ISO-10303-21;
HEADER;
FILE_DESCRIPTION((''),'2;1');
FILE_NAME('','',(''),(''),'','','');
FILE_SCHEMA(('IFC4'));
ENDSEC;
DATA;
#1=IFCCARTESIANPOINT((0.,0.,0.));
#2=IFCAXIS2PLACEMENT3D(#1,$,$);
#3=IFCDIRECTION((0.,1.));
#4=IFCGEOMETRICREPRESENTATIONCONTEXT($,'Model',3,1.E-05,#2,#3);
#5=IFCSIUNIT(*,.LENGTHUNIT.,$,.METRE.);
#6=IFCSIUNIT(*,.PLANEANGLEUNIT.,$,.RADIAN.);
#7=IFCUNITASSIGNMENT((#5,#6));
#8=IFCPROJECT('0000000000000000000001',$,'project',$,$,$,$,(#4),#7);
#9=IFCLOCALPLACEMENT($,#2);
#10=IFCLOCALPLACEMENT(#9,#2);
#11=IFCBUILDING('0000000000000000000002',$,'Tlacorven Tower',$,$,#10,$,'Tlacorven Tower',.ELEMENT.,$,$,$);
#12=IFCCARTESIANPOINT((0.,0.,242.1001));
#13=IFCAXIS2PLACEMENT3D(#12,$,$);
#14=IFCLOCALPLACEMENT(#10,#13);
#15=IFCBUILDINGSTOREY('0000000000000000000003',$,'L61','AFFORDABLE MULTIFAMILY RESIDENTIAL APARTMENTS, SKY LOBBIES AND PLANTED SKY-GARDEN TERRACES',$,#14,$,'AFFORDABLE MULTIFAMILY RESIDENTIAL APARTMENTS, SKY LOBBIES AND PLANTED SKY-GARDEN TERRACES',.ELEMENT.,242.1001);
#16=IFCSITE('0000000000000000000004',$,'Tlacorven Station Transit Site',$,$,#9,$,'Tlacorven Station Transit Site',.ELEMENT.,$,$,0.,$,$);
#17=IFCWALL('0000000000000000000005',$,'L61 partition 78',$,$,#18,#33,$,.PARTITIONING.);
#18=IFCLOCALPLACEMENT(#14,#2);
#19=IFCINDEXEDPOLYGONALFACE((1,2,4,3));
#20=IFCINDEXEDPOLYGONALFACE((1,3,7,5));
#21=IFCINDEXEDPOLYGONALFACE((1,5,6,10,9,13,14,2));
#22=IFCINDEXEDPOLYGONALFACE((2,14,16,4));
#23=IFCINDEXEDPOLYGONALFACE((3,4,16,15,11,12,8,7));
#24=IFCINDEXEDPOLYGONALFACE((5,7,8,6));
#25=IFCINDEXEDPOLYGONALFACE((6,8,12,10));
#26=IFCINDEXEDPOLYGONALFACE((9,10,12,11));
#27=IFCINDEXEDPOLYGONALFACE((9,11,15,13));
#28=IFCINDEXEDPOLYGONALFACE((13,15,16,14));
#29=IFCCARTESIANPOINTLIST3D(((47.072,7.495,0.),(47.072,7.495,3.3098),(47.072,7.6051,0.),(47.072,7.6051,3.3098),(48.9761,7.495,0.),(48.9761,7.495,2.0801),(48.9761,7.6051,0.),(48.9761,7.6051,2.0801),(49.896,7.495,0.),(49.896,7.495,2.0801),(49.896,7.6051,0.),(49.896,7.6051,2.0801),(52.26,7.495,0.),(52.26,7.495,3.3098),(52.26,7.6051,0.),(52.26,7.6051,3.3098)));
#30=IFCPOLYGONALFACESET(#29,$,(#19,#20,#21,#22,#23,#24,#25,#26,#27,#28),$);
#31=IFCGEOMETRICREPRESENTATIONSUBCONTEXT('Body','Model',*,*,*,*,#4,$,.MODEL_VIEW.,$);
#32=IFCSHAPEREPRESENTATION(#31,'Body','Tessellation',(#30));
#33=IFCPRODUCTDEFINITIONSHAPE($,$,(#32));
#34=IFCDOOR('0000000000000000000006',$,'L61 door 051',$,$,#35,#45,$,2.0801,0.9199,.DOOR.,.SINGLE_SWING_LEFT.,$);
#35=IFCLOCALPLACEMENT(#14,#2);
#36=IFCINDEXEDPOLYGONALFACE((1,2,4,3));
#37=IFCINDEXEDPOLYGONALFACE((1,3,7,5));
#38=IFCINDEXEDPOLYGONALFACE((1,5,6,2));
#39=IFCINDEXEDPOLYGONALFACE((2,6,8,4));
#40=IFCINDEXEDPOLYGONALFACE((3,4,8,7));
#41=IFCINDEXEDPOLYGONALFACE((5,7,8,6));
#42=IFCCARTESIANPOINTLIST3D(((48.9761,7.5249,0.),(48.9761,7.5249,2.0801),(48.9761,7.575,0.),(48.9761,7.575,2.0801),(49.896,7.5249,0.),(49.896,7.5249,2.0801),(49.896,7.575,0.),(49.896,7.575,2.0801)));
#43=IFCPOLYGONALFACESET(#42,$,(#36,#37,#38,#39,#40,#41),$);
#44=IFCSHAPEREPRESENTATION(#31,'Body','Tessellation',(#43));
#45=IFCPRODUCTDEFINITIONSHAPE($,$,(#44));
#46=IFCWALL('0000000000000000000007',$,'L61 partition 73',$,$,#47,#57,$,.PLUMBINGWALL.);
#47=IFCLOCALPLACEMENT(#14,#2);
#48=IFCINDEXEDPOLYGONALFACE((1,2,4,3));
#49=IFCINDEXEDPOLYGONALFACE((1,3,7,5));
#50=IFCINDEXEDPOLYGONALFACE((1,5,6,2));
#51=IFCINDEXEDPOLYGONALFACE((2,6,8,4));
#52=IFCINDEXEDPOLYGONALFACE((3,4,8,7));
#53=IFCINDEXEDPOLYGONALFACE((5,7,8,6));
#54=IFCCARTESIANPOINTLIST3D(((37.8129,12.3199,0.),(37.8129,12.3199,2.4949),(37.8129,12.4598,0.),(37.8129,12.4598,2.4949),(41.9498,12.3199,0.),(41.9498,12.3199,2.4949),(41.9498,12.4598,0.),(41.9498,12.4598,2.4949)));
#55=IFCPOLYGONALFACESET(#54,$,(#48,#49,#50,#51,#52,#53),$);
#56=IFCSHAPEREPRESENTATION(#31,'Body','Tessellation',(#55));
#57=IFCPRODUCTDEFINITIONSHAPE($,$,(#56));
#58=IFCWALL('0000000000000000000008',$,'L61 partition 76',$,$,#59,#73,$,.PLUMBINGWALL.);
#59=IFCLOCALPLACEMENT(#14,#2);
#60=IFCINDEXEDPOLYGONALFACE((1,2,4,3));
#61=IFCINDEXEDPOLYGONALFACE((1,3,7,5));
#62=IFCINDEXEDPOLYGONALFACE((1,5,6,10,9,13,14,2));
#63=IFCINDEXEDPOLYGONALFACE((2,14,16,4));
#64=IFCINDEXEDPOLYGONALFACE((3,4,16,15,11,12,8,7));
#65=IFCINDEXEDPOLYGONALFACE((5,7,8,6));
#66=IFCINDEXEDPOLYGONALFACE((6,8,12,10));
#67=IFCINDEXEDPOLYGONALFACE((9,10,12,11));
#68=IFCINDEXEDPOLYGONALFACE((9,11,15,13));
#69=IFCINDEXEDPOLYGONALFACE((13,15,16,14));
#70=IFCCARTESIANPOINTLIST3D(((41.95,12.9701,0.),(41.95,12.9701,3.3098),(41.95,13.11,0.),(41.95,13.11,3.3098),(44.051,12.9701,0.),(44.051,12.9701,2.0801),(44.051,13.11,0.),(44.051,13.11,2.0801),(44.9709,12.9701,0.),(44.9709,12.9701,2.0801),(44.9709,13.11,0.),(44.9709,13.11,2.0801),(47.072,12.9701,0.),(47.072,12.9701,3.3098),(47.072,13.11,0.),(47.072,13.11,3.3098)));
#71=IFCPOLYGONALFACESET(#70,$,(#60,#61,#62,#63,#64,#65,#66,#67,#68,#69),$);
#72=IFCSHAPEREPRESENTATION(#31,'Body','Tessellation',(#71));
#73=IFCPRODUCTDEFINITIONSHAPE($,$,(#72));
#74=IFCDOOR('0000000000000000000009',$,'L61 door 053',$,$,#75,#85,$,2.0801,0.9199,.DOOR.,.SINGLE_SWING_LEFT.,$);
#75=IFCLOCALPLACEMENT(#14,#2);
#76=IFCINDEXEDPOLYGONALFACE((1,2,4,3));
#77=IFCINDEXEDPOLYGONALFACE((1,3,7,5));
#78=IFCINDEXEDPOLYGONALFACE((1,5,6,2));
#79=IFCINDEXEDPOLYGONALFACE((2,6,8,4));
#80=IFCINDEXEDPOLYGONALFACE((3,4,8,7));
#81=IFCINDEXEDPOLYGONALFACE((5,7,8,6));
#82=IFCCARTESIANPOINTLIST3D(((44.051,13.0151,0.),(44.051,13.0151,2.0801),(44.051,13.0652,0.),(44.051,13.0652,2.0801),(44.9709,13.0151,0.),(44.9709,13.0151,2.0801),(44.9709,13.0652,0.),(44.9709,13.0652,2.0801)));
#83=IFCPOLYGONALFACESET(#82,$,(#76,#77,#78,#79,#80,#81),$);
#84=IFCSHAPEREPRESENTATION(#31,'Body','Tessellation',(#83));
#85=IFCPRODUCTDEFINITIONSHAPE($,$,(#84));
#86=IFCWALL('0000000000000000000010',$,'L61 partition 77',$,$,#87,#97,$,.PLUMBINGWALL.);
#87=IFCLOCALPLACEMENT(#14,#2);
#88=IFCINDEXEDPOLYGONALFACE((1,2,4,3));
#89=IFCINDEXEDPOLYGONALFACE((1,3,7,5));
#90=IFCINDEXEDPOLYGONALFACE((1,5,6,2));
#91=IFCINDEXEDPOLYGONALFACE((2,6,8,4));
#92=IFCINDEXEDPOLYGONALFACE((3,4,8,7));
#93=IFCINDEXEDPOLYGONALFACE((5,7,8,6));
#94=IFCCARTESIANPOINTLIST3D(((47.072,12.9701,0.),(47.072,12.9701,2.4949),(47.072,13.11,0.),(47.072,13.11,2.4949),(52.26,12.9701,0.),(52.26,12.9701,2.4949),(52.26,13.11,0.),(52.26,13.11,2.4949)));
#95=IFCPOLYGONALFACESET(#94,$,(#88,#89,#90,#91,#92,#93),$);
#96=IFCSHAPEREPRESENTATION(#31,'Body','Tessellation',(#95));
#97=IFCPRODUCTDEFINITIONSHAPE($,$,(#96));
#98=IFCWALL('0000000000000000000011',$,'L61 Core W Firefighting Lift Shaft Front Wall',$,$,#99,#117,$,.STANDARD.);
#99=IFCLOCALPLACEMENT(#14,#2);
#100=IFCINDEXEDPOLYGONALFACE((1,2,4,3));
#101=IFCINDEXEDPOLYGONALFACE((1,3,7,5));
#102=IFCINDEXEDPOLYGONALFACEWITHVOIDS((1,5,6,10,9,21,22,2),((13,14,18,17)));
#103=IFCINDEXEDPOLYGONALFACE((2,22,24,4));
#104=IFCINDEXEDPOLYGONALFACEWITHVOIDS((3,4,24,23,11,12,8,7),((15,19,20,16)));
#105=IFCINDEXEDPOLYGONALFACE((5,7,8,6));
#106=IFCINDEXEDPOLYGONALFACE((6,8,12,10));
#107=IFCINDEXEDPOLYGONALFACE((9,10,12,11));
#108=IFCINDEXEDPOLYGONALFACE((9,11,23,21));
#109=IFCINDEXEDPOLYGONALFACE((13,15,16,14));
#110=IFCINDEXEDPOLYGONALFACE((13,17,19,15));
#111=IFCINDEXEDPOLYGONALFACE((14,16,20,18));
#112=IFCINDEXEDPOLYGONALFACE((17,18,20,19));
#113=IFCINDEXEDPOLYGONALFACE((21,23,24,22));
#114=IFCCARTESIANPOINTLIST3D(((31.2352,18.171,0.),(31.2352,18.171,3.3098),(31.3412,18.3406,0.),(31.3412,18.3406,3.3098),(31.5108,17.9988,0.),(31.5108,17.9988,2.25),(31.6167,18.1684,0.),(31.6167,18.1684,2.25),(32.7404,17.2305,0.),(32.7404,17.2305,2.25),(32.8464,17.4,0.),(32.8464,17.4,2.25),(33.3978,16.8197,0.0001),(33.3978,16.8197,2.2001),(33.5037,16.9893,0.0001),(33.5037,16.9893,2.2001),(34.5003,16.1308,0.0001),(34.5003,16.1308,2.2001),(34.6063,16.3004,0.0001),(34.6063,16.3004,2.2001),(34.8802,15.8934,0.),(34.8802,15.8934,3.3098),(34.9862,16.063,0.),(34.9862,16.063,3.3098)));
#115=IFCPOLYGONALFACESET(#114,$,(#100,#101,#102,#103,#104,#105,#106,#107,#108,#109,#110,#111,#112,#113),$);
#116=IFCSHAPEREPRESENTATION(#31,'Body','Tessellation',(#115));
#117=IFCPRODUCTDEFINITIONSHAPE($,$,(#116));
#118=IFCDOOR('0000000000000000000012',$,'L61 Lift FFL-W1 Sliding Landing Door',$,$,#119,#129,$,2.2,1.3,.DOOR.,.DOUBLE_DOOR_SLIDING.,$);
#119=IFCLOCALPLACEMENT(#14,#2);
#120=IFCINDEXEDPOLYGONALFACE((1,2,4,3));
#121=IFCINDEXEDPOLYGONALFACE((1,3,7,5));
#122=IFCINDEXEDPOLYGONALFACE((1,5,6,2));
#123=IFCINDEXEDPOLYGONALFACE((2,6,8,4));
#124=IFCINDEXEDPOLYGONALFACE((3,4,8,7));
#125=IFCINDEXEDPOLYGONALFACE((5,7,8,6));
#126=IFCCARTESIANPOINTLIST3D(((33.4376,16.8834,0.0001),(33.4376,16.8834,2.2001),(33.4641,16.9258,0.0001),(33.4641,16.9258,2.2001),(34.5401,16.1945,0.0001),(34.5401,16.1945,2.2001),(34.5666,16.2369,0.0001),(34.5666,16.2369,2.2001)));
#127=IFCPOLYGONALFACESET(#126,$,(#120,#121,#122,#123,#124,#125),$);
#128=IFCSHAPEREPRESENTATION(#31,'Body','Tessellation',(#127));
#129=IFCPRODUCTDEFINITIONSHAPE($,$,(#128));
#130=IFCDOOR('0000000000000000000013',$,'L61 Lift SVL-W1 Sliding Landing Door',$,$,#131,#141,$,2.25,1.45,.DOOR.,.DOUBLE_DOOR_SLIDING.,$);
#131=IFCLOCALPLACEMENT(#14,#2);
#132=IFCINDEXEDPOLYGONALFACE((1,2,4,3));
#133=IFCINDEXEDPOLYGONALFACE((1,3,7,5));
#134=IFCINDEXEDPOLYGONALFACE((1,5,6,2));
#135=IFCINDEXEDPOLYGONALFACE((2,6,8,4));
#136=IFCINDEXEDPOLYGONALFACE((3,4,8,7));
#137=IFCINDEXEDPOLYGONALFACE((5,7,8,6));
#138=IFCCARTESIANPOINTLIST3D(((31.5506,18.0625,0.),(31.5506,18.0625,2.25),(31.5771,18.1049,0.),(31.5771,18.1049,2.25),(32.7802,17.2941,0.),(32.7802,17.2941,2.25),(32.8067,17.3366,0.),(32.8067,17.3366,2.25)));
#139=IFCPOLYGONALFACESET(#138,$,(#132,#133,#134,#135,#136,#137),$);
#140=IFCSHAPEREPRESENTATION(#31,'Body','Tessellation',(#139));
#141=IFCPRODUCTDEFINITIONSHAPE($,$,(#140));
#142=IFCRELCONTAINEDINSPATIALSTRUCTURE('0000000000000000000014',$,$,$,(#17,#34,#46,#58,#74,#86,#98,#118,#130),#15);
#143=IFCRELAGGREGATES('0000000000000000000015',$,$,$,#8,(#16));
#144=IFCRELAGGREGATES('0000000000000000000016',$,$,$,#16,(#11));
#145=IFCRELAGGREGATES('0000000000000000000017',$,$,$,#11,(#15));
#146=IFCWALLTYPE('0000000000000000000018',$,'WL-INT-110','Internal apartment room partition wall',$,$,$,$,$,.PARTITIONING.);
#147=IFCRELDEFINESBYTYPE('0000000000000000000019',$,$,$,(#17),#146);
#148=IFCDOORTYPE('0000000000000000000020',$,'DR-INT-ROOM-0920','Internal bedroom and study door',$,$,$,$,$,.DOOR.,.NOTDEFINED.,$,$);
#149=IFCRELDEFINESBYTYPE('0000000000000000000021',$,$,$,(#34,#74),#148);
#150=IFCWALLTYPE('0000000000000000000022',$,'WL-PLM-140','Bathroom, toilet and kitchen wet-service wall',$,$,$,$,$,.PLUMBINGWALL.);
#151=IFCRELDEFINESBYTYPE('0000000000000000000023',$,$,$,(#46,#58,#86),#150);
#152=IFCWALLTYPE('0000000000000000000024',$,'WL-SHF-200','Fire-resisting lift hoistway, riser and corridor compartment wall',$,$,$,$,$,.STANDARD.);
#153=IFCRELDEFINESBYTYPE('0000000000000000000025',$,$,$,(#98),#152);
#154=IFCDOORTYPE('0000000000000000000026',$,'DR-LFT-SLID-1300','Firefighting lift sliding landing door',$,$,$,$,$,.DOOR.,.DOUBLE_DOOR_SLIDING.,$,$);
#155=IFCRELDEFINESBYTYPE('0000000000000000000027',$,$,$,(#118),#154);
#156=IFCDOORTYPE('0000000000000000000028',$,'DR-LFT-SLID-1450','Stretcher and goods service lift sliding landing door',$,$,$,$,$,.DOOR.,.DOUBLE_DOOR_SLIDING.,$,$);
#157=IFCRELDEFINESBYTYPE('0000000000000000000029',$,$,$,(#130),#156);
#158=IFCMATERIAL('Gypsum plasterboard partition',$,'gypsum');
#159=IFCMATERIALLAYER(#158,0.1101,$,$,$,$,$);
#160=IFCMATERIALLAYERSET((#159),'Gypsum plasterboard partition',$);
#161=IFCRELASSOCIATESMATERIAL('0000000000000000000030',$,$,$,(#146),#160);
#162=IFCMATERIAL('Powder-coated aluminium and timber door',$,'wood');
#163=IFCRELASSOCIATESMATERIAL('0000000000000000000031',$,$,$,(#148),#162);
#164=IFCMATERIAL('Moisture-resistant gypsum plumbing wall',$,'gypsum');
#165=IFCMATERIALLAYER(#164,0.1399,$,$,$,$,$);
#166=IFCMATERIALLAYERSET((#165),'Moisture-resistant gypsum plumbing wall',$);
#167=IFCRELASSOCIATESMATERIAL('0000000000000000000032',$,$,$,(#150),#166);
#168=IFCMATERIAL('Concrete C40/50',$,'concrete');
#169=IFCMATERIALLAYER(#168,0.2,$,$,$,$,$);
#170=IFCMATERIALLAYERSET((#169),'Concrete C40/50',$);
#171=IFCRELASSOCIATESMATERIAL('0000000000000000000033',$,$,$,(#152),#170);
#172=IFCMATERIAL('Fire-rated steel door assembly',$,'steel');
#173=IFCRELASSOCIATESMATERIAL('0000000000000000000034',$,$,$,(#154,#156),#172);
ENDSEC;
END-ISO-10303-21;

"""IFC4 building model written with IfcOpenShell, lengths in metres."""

from ifc_helpers import new_model, si_unit, direction, frame, frame_2d, origin, place, context, subcontext, project, spatial, rectangle, extrude, source, transform, mapped, material, layer, layer_set, type_object, element, fill, save


model = new_model("IFC4")

# Units and contexts
model_context = context("Model", 3, precision=1e-05, world=origin(), true_north=direction((0.0, 1.0)))
body_context = subcontext(model_context, "Body", "Model", "MODEL_VIEW")
ifc_project = project(units=[si_unit("LENGTHUNIT", "METRE"), si_unit("PLANEANGLEUNIT", "RADIAN")], contexts=[model_context])

# Site, building, storey
site_placement = place(None, origin())
site = spatial("IfcSite", under=ifc_project, at=site_placement, Name="Tlacorven Station Transit Site", LongName="Tlacorven Station Transit Site", CompositionType="ELEMENT", RefElevation=0.0)
building_placement = place(site_placement, origin())
building = spatial("IfcBuilding", under=site, at=building_placement, Name="Tlacorven Tower", LongName="Tlacorven Tower", CompositionType="ELEMENT")
storey_placement = place(building_placement, frame((0.0, 0.0, 242.1001)))
storey = spatial("IfcBuildingStorey", under=building, at=storey_placement, Name="L61", Description="AFFORDABLE MULTIFAMILY RESIDENTIAL APARTMENTS, SKY LOBBIES AND PLANTED SKY-GARDEN TERRACES", LongName="AFFORDABLE MULTIFAMILY RESIDENTIAL APARTMENTS, SKY LOBBIES AND PLANTED SKY-GARDEN TERRACES", CompositionType="ELEMENT", Elevation=242.1001)

# Shared definitions
ifc_material_1 = material(Name="Fire-rated steel door assembly", Category="steel")

# Wall, opening, door
ifc_material_2 = material(Name="Gypsum plasterboard partition", Category="gypsum")
ifc_layer_1 = layer(ifc_material_2, 0.1101)
ifc_layer_set_1 = layer_set([ifc_layer_1], Name="Gypsum plasterboard partition")
wall_type_1 = type_object("IfcWallType", Name="WL-INT-110", Description="Internal apartment room partition wall", PredefinedType="PARTITIONING", material=ifc_layer_set_1)
ifc_material_3 = material(Name="Powder-coated aluminium and timber door", Category="wood")
door_type_1 = type_object("IfcDoorType", Name="DR-INT-ROOM-0920", Description="Internal bedroom and study door", OperationType="NOTDEFINED", PredefinedType="DOOR", material=ifc_material_3)
shared_shape_1 = source(origin(), body_context, "Body", "SweptSolid", [
    extrude(rectangle(XDim=0.9199, YDim=2.0801, at=frame_2d((0.46, 1.04))), frame((0.0, 0.0249, 0.0), z_axis=(0.0, -1.0, 0.0), x_axis=(1.0, 0.0, 0.0)), (0.0, 0.0, 1.0), 0.05),
])
wall_1_placement = place(storey_placement, frame((47.072, 7.55, 0.0), z_axis=(0.0, 0.0, 1.0), x_axis=(1.0, 0.0, 0.0)))
wall_1 = element("IfcWall", 1, at=wall_1_placement, inside=storey, type_object=wall_type_1, Name="L61 partition 78", PredefinedType="PARTITIONING", context=body_context, shape_type="SweptSolid", body=[
    extrude(rectangle(XDim=5.188, YDim=0.1101, at=frame_2d((2.594, 0.0))), origin(), (0.0, 0.0, 1.0), 3.3098),
])
opening_1_placement = place(wall_1_placement, frame((1.9041, 0.0, 0.0)))
opening_1 = element("IfcOpeningElement", 2, at=opening_1_placement, cuts=wall_1, PredefinedType="OPENING", context=body_context, shape_type="SweptSolid", body=[
    extrude(rectangle(XDim=0.9199, YDim=2.0801, at=frame_2d((0.46, 1.04))), frame((0.0, 0.0649, 0.0), z_axis=(0.0, -1.0, 0.0), x_axis=(1.0, 0.0, 0.0)), (0.0, 0.0, 1.0), 0.1301),
])
door_1_placement = place(opening_1_placement, origin())
door_1 = element("IfcDoor", 3, at=door_1_placement, inside=storey, type_object=door_type_1, Name="L61 door 051", OperationType="SINGLE_SWING_LEFT", OverallHeight=2.0801, OverallWidth=0.9199, PredefinedType="DOOR", context=body_context, shape_type="MappedRepresentation", body=[
    mapped(shared_shape_1, transform((0.0, 0.0, 0.0), scale=1.0)),
])
fill(opening_1, door_1)

# Wall
ifc_material_4 = material(Name="Moisture-resistant gypsum plumbing wall", Category="gypsum")
ifc_layer_2 = layer(ifc_material_4, 0.1399)
ifc_layer_set_2 = layer_set([ifc_layer_2], Name="Moisture-resistant gypsum plumbing wall")
wall_type_2 = type_object("IfcWallType", Name="WL-PLM-140", Description="Bathroom, toilet and kitchen wet-service wall", PredefinedType="PLUMBINGWALL", material=ifc_layer_set_2)
wall_2_placement = place(storey_placement, frame((37.813, 12.3899, 0.0), z_axis=(0.0, 0.0, 1.0), x_axis=(1.0, 0.0, 0.0)))
element("IfcWall", 4, at=wall_2_placement, inside=storey, type_object=wall_type_2, Name="L61 partition 73", PredefinedType="PLUMBINGWALL", context=body_context, shape_type="SweptSolid", body=[
    extrude(rectangle(XDim=4.137, YDim=0.1399, at=frame_2d((2.0684, 0.0))), origin(), (0.0, 0.0, 1.0), 2.4949),
])

# Wall, opening, door
wall_3_placement = place(storey_placement, frame((41.95, 13.04, 0.0), z_axis=(0.0, 0.0, 1.0), x_axis=(1.0, 0.0, 0.0)))
wall_3 = element("IfcWall", 5, at=wall_3_placement, inside=storey, type_object=wall_type_2, Name="L61 partition 76", PredefinedType="PLUMBINGWALL", context=body_context, shape_type="SweptSolid", body=[
    extrude(rectangle(XDim=5.1221, YDim=0.1399, at=frame_2d((2.561, 0.0))), origin(), (0.0, 0.0, 1.0), 3.3098),
])
opening_2_placement = place(wall_3_placement, frame((2.1011, 0.0, 0.0)))
opening_2 = element("IfcOpeningElement", 6, at=opening_2_placement, cuts=wall_3, PredefinedType="OPENING", context=body_context, shape_type="SweptSolid", body=[
    extrude(rectangle(XDim=0.9199, YDim=2.0801, at=frame_2d((0.46, 1.04))), frame((0.0, 0.0801, 0.0), z_axis=(0.0, -1.0, 0.0), x_axis=(1.0, 0.0, 0.0)), (0.0, 0.0, 1.0), 0.1599),
])
door_2_placement = place(opening_2_placement, frame((0.9199, 0.0, 0.0), z_axis=(0.0, 0.0, 1.0), x_axis=(-1.0, 0.0, 0.0)))
door_2 = element("IfcDoor", 7, at=door_2_placement, inside=storey, type_object=door_type_1, Name="L61 door 053", OperationType="SINGLE_SWING_LEFT", OverallHeight=2.0801, OverallWidth=0.9199, PredefinedType="DOOR", context=body_context, shape_type="MappedRepresentation", body=[
    mapped(shared_shape_1, transform((0.0, 0.0, 0.0), scale=1.0)),
])
fill(opening_2, door_2)

# Wall
wall_4_placement = place(storey_placement, frame((47.072, 13.04, 0.0), z_axis=(0.0, 0.0, 1.0), x_axis=(1.0, 0.0, 0.0)))
element("IfcWall", 8, at=wall_4_placement, inside=storey, type_object=wall_type_2, Name="L61 partition 77", PredefinedType="PLUMBINGWALL", context=body_context, shape_type="SweptSolid", body=[
    extrude(rectangle(XDim=5.188, YDim=0.1399, at=frame_2d((2.594, 0.0))), origin(), (0.0, 0.0, 1.0), 2.4949),
])

# Wall, openings, doors
ifc_material_5 = material(Name="Concrete C40/50", Category="concrete")
ifc_layer_3 = layer(ifc_material_5, 0.2)
ifc_layer_set_3 = layer_set([ifc_layer_3], Name="Concrete C40/50")
wall_type_3 = type_object("IfcWallType", Name="WL-SHF-200", Description="Fire-resisting lift hoistway, riser and corridor compartment wall", PredefinedType="STANDARD", material=ifc_layer_set_3)
wall_5_placement = place(storey_placement, frame((34.9331, 15.9783, 0.0), z_axis=(0.0, 0.0, 1.0), x_axis=(-0.848056, 0.529907, 0.0)))
wall_5 = element("IfcWall", 9, at=wall_5_placement, inside=storey, type_object=wall_type_3, Name="L61 Core W Firefighting Lift Shaft Front Wall", PredefinedType="STANDARD", context=body_context, shape_type="SweptSolid", body=[
    extrude(rectangle(XDim=4.2981, YDim=0.2, at=frame_2d((2.1489, 0.0))), origin(), (0.0, 0.0, 1.0), 3.3098),
])
opening_3_placement = place(wall_5_placement, frame((0.448, 0.0, 0.0)))
opening_3 = element("IfcOpeningElement", 10, at=opening_3_placement, cuts=wall_5, PredefinedType="OPENING", context=body_context, shape_type="SweptSolid", body=[
    extrude(rectangle(XDim=1.3, YDim=2.2, at=frame_2d((0.6499, 1.1001))), frame((0.0, 0.1099, 0.0), z_axis=(0.0, -1.0, 0.0), x_axis=(1.0, 0.0, 0.0)), (0.0, 0.0, 1.0), 0.22),
])
opening_4_placement = place(wall_5_placement, frame((2.5229, 0.0, 0.0)))
opening_4 = element("IfcOpeningElement", 11, at=opening_4_placement, cuts=wall_5, PredefinedType="OPENING", context=body_context, shape_type="SweptSolid", body=[
    extrude(rectangle(XDim=1.45, YDim=2.25, at=frame_2d((0.7251, 1.125))), frame((0.0, 0.1099, 0.0), z_axis=(0.0, -1.0, 0.0), x_axis=(1.0, 0.0, 0.0)), (0.0, 0.0, 1.0), 0.22),
])
door_type_2 = type_object("IfcDoorType", Name="DR-LFT-SLID-1300", Description="Firefighting lift sliding landing door", OperationType="DOUBLE_DOOR_SLIDING", PredefinedType="DOOR", material=ifc_material_1)
shared_shape_2 = source(origin(), body_context, "Body", "SweptSolid", [
    extrude(rectangle(XDim=1.3, YDim=2.2, at=frame_2d((0.6499, 1.1001))), frame((0.0, 0.0249, 0.0), z_axis=(0.0, -1.0, 0.0), x_axis=(1.0, 0.0, 0.0)), (0.0, 0.0, 1.0), 0.05),
])
door_3_placement = place(opening_3_placement, origin())
door_3 = element("IfcDoor", 12, at=door_3_placement, inside=storey, type_object=door_type_2, Name="L61 Lift FFL-W1 Sliding Landing Door", OperationType="DOUBLE_DOOR_SLIDING", OverallHeight=2.2, OverallWidth=1.3, PredefinedType="DOOR", context=body_context, shape_type="MappedRepresentation", body=[
    mapped(shared_shape_2, transform((0.0, 0.0, 0.0), scale=1.0)),
])
fill(opening_3, door_3)
door_type_3 = type_object("IfcDoorType", Name="DR-LFT-SLID-1450", Description="Stretcher and goods service lift sliding landing door", OperationType="DOUBLE_DOOR_SLIDING", PredefinedType="DOOR", material=ifc_material_1)
shared_shape_3 = source(origin(), body_context, "Body", "SweptSolid", [
    extrude(rectangle(XDim=1.45, YDim=2.25, at=frame_2d((0.7251, 1.125))), frame((0.0, 0.0249, 0.0), z_axis=(0.0, -1.0, 0.0), x_axis=(1.0, 0.0, 0.0)), (0.0, 0.0, 1.0), 0.05),
])
door_4_placement = place(opening_4_placement, origin())
door_4 = element("IfcDoor", 13, at=door_4_placement, inside=storey, type_object=door_type_3, Name="L61 Lift SVL-W1 Sliding Landing Door", OperationType="DOUBLE_DOOR_SLIDING", OverallHeight=2.25, OverallWidth=1.45, PredefinedType="DOOR", context=body_context, shape_type="MappedRepresentation", body=[
    mapped(shared_shape_3, transform((0.0, 0.0, 0.0), scale=1.0)),
])
fill(opening_4, door_4)

save(model, "model.ifc")
